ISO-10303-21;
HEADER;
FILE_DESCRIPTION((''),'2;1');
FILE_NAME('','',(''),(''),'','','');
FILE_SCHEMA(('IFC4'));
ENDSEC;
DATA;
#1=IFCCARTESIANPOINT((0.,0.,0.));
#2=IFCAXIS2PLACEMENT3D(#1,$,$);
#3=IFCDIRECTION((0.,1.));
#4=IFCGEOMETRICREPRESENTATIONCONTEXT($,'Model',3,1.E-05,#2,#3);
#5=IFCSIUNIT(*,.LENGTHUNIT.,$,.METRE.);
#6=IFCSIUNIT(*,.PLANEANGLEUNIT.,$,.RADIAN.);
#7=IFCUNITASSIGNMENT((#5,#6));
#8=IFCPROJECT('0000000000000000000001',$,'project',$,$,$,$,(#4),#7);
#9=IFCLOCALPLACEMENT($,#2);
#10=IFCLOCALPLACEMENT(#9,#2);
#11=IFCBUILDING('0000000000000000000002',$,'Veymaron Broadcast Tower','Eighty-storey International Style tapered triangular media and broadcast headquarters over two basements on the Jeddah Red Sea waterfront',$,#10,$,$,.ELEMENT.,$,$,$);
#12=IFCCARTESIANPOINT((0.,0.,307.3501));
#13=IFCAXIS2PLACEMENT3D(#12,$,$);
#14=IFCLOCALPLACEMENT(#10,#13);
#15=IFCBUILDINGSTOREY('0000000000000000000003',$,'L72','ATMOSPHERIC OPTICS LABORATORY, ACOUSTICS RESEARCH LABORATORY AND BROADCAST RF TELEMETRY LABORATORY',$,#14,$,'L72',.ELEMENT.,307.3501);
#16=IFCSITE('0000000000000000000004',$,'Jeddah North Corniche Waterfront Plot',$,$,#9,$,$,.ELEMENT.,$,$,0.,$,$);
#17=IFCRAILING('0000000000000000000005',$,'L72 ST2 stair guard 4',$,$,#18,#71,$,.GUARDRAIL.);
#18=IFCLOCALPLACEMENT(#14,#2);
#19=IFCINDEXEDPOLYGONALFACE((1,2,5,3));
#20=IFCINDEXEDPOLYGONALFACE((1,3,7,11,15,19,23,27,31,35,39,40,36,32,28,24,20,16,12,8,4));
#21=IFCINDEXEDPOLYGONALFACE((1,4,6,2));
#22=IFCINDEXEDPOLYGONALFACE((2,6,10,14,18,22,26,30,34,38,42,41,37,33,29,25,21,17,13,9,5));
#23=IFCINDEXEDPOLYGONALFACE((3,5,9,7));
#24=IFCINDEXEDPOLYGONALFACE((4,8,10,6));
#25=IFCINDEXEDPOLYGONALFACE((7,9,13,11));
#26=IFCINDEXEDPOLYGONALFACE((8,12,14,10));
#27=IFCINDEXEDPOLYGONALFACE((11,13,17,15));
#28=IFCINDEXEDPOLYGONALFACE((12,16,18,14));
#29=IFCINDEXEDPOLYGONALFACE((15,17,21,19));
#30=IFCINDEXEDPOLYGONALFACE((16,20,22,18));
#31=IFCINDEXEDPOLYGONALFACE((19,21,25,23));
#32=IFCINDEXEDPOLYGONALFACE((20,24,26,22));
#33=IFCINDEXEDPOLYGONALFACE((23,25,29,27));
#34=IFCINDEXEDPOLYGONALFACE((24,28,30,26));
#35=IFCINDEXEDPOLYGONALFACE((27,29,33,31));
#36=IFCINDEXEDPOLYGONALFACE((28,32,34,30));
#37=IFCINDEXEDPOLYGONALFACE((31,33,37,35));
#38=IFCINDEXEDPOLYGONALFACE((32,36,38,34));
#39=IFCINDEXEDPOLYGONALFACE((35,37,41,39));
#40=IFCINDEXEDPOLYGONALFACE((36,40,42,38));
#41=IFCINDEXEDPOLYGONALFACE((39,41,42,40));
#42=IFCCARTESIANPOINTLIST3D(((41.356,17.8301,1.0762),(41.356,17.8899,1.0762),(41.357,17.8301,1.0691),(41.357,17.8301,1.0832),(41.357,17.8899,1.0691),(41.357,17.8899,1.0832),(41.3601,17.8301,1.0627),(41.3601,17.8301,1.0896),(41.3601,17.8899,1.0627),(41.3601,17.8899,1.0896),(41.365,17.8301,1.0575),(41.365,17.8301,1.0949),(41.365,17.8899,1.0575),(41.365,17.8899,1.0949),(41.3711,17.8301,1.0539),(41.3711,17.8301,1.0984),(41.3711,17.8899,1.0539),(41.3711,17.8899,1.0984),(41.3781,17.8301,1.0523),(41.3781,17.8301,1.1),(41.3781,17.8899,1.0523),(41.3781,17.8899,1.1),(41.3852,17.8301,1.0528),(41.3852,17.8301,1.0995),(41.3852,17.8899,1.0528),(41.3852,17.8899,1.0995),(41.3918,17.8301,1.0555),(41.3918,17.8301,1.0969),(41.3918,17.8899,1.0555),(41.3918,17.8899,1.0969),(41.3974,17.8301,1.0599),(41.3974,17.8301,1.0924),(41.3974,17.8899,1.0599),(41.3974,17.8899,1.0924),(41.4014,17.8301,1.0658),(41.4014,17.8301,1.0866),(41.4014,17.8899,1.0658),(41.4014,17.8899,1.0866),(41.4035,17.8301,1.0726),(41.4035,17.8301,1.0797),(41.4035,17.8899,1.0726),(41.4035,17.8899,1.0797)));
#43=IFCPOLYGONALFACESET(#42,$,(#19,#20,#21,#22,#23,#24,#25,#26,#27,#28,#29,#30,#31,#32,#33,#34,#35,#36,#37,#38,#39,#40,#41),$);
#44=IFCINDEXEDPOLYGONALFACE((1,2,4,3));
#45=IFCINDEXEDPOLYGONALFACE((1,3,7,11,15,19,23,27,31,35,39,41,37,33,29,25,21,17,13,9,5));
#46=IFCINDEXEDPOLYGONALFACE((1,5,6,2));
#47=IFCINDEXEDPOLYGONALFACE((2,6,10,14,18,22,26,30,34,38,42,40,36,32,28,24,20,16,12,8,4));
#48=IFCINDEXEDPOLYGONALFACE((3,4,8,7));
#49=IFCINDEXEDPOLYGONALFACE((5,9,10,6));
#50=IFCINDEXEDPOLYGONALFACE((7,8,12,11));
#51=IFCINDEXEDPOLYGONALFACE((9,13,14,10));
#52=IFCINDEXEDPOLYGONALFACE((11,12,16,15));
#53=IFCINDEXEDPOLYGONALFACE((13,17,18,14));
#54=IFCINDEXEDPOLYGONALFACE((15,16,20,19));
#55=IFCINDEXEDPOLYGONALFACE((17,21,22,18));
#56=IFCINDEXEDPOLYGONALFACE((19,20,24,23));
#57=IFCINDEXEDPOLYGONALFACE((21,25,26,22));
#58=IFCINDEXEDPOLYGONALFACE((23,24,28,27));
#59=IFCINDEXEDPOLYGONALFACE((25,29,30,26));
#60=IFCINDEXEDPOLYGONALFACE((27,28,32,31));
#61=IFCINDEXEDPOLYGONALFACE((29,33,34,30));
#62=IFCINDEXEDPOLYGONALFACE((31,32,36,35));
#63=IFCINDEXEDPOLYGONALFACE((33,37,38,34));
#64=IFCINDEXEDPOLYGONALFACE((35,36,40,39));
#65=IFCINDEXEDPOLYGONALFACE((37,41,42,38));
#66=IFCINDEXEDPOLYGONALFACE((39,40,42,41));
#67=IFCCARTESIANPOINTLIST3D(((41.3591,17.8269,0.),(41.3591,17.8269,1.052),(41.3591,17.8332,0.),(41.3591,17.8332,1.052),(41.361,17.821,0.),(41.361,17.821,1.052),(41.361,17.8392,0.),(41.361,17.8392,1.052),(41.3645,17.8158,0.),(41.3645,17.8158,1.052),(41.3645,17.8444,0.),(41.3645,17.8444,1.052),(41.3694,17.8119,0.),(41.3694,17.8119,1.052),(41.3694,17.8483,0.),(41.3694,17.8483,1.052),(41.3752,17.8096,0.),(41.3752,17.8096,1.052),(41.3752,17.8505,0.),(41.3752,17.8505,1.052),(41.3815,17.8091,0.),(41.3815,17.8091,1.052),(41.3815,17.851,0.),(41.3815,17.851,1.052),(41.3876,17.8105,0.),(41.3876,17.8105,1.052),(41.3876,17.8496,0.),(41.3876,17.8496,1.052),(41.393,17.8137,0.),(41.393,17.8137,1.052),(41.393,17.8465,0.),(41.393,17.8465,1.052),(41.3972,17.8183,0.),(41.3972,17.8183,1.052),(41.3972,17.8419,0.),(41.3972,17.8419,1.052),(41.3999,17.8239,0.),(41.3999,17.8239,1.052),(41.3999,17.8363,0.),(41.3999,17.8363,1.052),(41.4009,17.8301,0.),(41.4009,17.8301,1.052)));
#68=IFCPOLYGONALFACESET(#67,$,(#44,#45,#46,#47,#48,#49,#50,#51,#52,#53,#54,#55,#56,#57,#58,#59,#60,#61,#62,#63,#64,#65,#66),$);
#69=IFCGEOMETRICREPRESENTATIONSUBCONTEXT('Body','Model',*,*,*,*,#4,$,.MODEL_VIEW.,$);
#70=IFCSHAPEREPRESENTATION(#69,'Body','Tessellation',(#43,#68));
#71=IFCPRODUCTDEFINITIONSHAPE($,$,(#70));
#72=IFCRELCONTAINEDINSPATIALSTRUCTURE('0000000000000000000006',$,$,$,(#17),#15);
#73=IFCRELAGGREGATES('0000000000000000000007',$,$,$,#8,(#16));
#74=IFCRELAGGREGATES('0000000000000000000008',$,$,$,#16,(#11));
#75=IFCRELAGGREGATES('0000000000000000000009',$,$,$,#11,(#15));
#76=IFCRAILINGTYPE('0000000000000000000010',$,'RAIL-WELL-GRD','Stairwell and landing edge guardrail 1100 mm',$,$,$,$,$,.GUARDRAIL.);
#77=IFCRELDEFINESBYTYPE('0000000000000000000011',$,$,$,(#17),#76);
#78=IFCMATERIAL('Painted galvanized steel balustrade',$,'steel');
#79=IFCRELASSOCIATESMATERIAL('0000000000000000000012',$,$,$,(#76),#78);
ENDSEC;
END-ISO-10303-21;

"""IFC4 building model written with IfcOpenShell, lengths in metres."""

from ifc_helpers import new_model, si_unit, direction, frame, origin, origin_2d, place, context, subcontext, project, spatial, circle, extrude, material, type_object, element, save


model = new_model("IFC4")

# Units and contexts
model_context = context("Model", 3, precision=1e-05, world=origin(), true_north=direction((0.0, 1.0)))
body_context = subcontext(model_context, "Body", "Model", "MODEL_VIEW")
ifc_project = project(units=[si_unit("LENGTHUNIT", "METRE"), si_unit("PLANEANGLEUNIT", "RADIAN")], contexts=[model_context])

# Site, building, storey
site_placement = place(None, origin())
site = spatial("IfcSite", under=ifc_project, at=site_placement, Name="Jeddah North Corniche Waterfront Plot", CompositionType="ELEMENT", RefElevation=0.0)
building_placement = place(site_placement, origin())
building = spatial("IfcBuilding", under=site, at=building_placement, Name="Veymaron Broadcast Tower", Description="Eighty-storey International Style tapered triangular media and broadcast headquarters over two basements on the Jeddah Red Sea waterfront", CompositionType="ELEMENT")
storey_placement = place(building_placement, frame((0.0, 0.0, 307.3501)))
storey = spatial("IfcBuildingStorey", under=building, at=storey_placement, Name="L72", Description="ATMOSPHERIC OPTICS LABORATORY, ACOUSTICS RESEARCH LABORATORY AND BROADCAST RF TELEMETRY LABORATORY", LongName="L72", CompositionType="ELEMENT", Elevation=307.3501)

# Railing
ifc_material_1 = material(Name="Painted galvanized steel balustrade", Category="steel")
railing_type_1 = type_object("IfcRailingType", Name="RAIL-WELL-GRD", Description="Stairwell and landing edge guardrail 1100 mm", PredefinedType="GUARDRAIL", material=ifc_material_1)
railing_1_placement = place(storey_placement, frame((41.3799, 17.8301, 0.0)))
element("IfcRailing", 1, at=railing_1_placement, inside=storey, type_object=railing_type_1, Name="L72 ST2 stair guard 4", PredefinedType="GUARDRAIL", context=body_context, shape_type="SweptSolid", body=[
    extrude(circle(Radius=0.0239, at=origin_2d()), frame((0.0, 0.0, 1.0762), z_axis=(0.0, 1.0, 0.0), x_axis=(-1.0, 0.0, 0.0)), (0.0, 0.0, 1.0), 0.0598),
    extrude(circle(Radius=0.021, at=origin_2d()), origin(), (0.0, 0.0, 1.0), 1.052),
])

save(model, "model.ifc")
